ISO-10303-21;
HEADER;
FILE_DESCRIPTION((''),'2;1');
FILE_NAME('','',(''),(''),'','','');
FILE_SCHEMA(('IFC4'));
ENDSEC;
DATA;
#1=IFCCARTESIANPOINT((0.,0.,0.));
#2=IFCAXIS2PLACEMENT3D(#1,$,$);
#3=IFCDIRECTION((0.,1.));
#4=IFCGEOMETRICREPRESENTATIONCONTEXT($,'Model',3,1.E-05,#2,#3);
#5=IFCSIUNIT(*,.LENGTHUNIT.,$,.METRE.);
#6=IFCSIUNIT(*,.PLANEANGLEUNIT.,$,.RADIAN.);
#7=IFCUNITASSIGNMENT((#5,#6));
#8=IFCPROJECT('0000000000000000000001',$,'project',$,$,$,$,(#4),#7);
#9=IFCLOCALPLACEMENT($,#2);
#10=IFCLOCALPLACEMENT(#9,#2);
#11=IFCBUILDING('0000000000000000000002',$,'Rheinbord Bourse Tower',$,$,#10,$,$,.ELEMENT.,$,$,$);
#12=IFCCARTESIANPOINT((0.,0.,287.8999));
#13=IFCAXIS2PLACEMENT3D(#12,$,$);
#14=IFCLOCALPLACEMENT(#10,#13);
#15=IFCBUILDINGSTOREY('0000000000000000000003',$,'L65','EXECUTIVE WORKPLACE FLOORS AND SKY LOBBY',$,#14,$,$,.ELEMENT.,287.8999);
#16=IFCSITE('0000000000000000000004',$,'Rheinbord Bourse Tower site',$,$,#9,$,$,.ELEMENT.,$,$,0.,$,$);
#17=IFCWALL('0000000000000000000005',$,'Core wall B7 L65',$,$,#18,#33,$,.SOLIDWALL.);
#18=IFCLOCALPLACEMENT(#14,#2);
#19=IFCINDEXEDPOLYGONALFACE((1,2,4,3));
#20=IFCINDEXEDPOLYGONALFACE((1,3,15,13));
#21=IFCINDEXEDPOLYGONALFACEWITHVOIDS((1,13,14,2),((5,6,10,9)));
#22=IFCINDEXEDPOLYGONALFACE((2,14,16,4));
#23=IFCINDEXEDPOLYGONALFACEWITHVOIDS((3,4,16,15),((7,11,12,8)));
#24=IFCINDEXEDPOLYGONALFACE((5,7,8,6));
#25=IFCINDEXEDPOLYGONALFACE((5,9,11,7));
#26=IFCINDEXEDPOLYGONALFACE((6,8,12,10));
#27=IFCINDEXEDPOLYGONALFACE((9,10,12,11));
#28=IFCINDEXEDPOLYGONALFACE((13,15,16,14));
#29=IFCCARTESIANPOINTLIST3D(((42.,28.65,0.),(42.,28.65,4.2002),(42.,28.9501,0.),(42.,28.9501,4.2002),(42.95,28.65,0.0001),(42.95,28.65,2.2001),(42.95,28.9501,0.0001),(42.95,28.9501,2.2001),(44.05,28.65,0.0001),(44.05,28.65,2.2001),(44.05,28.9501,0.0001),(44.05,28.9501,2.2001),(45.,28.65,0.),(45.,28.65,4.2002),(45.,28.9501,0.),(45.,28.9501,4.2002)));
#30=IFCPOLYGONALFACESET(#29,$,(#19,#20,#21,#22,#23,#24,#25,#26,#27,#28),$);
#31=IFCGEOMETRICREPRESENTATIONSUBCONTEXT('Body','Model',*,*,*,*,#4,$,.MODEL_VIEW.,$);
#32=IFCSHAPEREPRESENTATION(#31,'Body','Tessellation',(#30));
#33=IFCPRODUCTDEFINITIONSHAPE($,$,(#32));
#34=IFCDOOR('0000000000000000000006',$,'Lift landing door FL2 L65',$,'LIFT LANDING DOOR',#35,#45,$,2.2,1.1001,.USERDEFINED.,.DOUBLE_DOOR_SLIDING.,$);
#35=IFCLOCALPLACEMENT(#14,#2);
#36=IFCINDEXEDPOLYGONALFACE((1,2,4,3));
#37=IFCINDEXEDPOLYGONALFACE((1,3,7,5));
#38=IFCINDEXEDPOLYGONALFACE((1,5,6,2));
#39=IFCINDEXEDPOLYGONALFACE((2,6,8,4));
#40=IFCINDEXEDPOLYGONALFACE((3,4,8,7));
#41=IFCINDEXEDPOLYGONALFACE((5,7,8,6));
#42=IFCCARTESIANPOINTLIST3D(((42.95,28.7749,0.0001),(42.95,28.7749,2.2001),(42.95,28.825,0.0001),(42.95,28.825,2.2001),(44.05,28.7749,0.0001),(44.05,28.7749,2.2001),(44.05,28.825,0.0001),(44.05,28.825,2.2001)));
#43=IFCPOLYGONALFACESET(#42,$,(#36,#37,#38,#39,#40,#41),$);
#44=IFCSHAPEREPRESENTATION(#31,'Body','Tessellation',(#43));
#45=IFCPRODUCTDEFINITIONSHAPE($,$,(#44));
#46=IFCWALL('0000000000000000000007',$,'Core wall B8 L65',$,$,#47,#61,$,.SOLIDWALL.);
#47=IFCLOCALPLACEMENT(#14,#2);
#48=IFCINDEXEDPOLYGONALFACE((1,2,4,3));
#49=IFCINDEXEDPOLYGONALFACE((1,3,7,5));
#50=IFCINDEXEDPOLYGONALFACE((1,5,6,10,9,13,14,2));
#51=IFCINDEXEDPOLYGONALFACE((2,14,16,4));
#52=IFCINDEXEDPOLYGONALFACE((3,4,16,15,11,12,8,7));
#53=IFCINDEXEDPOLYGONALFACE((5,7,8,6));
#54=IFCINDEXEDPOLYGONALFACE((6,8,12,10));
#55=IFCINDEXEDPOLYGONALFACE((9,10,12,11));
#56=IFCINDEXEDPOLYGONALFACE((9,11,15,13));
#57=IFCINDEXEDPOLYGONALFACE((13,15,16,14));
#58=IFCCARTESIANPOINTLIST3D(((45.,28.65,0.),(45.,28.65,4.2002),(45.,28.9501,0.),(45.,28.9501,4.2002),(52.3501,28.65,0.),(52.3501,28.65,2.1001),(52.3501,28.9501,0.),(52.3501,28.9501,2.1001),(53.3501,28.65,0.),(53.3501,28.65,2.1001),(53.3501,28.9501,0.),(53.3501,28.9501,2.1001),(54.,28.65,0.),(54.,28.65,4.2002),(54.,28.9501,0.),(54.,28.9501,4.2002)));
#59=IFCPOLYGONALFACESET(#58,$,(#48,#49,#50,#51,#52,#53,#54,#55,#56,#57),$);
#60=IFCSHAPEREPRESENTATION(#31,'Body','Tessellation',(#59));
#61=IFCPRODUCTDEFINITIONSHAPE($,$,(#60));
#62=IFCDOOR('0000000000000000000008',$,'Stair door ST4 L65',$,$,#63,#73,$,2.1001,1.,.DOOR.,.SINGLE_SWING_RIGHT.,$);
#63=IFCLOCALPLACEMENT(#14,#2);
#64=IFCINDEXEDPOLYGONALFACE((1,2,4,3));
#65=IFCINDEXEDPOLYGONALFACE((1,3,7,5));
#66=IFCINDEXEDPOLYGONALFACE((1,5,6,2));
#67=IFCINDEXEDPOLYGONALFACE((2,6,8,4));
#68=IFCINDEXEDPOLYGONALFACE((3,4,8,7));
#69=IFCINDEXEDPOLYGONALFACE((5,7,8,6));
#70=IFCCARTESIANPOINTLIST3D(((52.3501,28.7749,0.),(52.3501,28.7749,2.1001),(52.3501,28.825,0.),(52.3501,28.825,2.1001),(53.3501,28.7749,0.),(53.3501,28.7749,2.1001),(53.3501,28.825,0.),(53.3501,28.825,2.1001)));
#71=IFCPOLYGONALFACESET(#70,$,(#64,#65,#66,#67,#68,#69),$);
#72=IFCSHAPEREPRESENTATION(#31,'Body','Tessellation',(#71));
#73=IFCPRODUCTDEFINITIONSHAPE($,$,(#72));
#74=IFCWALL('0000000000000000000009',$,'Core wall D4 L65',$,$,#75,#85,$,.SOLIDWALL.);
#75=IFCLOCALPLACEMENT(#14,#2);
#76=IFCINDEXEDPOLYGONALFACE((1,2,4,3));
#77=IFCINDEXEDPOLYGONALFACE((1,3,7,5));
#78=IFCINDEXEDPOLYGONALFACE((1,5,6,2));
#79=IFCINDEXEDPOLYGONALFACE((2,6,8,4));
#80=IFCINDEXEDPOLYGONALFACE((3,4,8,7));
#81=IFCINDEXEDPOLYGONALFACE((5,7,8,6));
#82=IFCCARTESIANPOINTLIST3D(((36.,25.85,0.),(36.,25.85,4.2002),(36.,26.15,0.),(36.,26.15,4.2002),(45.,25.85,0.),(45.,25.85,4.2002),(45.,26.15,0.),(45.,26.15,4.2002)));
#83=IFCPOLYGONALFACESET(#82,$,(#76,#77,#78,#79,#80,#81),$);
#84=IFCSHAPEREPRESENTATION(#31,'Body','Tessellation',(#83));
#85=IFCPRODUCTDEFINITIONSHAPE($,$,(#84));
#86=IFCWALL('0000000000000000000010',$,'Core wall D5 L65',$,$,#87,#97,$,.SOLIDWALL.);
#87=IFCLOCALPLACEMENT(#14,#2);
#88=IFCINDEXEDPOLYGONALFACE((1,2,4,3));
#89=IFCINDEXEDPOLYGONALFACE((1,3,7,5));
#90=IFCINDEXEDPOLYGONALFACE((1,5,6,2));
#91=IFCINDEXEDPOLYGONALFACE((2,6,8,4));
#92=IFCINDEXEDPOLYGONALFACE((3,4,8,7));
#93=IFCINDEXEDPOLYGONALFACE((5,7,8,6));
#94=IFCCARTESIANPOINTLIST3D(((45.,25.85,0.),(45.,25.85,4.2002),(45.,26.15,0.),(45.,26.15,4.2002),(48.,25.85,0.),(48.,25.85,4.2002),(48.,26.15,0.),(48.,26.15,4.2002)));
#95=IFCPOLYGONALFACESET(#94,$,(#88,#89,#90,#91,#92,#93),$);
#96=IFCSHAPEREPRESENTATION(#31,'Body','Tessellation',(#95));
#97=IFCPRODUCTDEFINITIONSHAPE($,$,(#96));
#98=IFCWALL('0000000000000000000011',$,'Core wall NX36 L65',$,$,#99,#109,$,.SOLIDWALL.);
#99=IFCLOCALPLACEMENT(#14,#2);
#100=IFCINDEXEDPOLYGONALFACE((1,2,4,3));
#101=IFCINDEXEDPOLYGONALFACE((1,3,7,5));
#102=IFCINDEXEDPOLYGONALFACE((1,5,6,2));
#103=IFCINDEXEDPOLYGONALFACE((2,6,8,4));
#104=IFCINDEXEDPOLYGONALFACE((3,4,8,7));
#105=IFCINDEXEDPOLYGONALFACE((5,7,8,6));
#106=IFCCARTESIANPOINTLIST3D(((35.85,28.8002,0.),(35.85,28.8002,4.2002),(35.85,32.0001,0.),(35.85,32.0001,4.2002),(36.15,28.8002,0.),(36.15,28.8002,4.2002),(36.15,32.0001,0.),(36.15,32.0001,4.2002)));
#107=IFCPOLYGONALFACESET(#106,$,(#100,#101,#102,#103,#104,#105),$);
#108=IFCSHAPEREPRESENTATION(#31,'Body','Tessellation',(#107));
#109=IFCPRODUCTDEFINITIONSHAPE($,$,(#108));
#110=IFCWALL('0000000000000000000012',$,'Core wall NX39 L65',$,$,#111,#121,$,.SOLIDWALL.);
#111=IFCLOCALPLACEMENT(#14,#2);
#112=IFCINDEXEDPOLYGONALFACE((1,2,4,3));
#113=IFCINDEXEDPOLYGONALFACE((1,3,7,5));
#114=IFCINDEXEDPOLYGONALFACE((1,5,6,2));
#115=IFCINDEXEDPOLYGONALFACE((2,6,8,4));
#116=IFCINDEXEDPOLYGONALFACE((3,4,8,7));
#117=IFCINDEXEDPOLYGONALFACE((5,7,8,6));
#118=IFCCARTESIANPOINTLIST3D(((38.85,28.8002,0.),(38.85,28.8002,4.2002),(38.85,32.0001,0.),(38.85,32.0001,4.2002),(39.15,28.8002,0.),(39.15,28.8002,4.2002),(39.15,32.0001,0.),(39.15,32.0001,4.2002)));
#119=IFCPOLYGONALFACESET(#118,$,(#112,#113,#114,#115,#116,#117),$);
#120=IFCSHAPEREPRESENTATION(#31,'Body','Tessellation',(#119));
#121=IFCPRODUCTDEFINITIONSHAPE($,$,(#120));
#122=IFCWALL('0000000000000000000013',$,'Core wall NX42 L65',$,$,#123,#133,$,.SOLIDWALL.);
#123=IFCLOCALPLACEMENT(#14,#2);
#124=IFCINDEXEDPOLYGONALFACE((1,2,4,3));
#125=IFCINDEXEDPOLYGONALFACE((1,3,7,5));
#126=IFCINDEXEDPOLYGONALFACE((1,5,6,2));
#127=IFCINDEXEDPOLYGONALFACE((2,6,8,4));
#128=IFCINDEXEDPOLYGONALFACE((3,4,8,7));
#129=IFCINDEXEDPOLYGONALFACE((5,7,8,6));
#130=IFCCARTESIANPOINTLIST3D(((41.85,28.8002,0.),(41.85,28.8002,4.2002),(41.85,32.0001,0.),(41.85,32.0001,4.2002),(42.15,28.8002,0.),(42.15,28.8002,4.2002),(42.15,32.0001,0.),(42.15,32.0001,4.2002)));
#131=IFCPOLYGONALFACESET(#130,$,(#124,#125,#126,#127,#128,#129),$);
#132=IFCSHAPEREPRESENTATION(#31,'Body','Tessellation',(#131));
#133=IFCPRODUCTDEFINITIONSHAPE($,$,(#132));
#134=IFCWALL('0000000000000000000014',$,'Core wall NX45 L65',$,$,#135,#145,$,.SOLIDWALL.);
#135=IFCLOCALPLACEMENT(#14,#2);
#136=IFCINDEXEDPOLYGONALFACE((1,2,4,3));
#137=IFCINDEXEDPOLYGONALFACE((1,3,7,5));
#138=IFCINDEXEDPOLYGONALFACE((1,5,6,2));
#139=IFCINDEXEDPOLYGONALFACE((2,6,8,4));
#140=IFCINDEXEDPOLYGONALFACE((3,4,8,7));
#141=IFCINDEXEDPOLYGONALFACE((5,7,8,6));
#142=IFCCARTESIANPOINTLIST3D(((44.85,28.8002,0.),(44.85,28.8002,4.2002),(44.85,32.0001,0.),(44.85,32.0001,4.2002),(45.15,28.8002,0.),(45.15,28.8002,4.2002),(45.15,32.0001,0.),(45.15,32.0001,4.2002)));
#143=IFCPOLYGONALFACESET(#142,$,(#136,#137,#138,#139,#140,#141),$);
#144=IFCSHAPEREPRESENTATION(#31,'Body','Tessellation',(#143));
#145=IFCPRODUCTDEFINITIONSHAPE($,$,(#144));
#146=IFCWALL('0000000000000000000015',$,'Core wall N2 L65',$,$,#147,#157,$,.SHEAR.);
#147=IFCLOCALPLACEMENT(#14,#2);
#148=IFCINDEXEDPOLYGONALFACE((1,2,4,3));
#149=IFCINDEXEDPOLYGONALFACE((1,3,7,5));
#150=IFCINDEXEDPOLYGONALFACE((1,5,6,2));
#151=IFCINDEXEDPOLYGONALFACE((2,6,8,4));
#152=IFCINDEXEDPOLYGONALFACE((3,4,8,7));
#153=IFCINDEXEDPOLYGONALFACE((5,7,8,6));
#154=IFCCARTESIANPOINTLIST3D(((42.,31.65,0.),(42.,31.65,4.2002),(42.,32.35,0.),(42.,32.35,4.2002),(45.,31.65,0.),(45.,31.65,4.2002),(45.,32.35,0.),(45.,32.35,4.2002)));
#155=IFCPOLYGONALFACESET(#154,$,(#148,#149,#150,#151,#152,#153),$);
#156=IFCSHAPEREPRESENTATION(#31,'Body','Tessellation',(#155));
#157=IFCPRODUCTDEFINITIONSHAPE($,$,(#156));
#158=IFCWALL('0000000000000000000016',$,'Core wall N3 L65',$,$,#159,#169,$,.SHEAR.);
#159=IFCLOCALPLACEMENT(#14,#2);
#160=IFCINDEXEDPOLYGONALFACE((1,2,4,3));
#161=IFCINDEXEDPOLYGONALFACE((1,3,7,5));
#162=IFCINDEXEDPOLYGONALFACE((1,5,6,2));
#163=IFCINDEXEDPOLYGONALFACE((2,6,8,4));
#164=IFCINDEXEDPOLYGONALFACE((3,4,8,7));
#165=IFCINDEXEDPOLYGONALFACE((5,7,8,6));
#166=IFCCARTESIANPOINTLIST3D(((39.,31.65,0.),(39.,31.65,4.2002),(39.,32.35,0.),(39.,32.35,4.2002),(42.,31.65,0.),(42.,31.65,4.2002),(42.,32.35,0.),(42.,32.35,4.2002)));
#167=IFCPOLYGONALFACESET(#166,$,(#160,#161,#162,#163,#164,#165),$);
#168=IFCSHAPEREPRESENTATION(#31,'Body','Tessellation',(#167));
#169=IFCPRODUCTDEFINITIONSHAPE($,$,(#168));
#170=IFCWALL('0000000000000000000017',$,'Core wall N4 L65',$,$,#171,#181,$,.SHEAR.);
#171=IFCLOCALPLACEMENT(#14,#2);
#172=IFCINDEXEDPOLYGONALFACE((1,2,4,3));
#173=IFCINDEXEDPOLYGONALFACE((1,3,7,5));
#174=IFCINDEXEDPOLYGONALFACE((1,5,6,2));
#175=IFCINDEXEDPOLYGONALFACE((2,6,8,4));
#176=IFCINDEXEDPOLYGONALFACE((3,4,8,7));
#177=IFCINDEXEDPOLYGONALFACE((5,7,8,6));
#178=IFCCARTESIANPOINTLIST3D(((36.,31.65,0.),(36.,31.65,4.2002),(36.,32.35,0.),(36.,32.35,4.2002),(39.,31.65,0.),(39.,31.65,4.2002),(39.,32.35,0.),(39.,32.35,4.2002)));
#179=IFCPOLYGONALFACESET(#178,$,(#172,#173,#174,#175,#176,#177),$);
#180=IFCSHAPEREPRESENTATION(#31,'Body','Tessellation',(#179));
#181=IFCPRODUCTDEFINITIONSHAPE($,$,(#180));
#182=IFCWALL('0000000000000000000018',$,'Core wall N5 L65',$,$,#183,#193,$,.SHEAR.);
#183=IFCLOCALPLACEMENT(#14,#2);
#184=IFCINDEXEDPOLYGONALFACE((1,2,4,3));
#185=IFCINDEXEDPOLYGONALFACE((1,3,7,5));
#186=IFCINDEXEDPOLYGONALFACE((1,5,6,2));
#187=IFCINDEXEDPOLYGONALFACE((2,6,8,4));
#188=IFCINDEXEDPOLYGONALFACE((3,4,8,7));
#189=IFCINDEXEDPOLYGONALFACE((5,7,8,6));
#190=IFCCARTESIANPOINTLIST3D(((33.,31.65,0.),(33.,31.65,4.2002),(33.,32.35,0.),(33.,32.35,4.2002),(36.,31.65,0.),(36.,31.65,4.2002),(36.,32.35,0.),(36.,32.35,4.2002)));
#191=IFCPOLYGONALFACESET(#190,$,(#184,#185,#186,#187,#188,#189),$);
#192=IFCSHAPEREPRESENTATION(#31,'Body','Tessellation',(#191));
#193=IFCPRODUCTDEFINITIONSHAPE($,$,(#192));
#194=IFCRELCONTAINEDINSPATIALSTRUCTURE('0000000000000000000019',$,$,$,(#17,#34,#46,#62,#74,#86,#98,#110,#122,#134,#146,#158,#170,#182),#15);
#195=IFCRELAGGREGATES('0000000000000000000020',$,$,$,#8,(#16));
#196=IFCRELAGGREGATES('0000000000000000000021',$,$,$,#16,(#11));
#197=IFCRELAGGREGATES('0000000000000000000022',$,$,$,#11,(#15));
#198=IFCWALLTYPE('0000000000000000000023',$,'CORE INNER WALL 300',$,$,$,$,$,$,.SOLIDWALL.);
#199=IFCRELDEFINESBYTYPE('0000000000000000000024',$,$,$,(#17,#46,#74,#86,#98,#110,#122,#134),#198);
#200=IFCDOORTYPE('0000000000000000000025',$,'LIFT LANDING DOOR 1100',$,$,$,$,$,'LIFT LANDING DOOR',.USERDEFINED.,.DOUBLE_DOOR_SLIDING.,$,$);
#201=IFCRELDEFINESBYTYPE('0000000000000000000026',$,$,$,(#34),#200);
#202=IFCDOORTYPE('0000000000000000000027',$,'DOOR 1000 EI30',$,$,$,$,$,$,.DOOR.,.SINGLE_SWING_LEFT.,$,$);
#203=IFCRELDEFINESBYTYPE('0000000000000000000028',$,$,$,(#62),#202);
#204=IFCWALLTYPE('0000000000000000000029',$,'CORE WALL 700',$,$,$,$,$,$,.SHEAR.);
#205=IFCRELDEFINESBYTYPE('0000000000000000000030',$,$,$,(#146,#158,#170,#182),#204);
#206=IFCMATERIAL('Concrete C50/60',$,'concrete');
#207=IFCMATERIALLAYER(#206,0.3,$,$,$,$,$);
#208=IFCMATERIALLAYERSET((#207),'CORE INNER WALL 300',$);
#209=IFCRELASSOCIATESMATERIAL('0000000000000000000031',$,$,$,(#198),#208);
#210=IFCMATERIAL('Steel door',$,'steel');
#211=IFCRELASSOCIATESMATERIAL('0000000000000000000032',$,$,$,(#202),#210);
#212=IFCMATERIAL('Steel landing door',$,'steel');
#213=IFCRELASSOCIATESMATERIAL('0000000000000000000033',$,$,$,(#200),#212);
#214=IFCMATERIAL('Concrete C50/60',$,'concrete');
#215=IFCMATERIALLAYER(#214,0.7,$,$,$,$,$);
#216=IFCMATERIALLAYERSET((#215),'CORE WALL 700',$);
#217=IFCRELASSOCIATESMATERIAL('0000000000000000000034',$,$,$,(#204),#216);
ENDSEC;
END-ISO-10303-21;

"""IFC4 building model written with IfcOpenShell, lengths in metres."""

from ifc_helpers import new_model, si_unit, direction, frame, frame_2d, origin, place, context, subcontext, project, spatial, rectangle, extrude, material, layer, layer_set, type_object, element, fill, save


model = new_model("IFC4")

# Units and contexts
model_context = context("Model", 3, precision=1e-05, world=origin(), true_north=direction((0.0, 1.0)))
body_context = subcontext(model_context, "Body", "Model", "MODEL_VIEW")
ifc_project = project(units=[si_unit("LENGTHUNIT", "METRE"), si_unit("PLANEANGLEUNIT", "RADIAN")], contexts=[model_context])

# Site, building, storey
site_placement = place(None, origin())
site = spatial("IfcSite", under=ifc_project, at=site_placement, Name="Rheinbord Bourse Tower site", CompositionType="ELEMENT", RefElevation=0.0)
building_placement = place(site_placement, origin())
building = spatial("IfcBuilding", under=site, at=building_placement, Name="Rheinbord Bourse Tower", CompositionType="ELEMENT")
storey_placement = place(building_placement, frame((0.0, 0.0, 287.8999)))
storey = spatial("IfcBuildingStorey", under=building, at=storey_placement, Name="L65", Description="EXECUTIVE WORKPLACE FLOORS AND SKY LOBBY", CompositionType="ELEMENT", Elevation=287.8999)

# Walls, openings, doors
ifc_material_1 = material(Name="Concrete C50/60", Category="concrete")
ifc_layer_1 = layer(ifc_material_1, 0.3)
ifc_layer_set_1 = layer_set([ifc_layer_1], Name="CORE INNER WALL 300")
wall_type_1 = type_object("IfcWallType", Name="CORE INNER WALL 300", PredefinedType="SOLIDWALL", material=ifc_layer_set_1)
ifc_material_2 = material(Name="Steel door", Category="steel")
door_type_1 = type_object("IfcDoorType", Name="DOOR 1000 EI30", OperationType="SINGLE_SWING_LEFT", PredefinedType="DOOR", material=ifc_material_2)
wall_1_placement = place(storey_placement, frame((42.0, 28.8, 0.0), z_axis=(0.0, 0.0, 1.0), x_axis=(1.0, 0.0, 0.0)))
wall_1 = element("IfcWall", 1, at=wall_1_placement, inside=storey, type_object=wall_type_1, Name="Core wall B7 L65", PredefinedType="SOLIDWALL", context=body_context, shape_type="SweptSolid", body=[
    extrude(rectangle(XDim=3.0, YDim=0.3, at=frame_2d((1.5, 0.0))), origin(), (0.0, 0.0, 1.0), 4.2002),
])
opening_1_placement = place(wall_1_placement, frame((0.95, 0.0, 0.0)))
opening_1 = element("IfcOpeningElement", 2, at=opening_1_placement, cuts=wall_1, PredefinedType="OPENING", context=body_context, shape_type="SweptSolid", body=[
    extrude(rectangle(XDim=1.1001, YDim=2.2, at=frame_2d((0.55, 1.1001))), frame((0.0, 0.1599, 0.0), z_axis=(0.0, -1.0, 0.0), x_axis=(1.0, 0.0, 0.0)), (0.0, 0.0, 1.0), 0.3201),
])
ifc_material_3 = material(Name="Steel landing door", Category="steel")
door_type_2 = type_object("IfcDoorType", Name="LIFT LANDING DOOR 1100", ElementType="LIFT LANDING DOOR", OperationType="DOUBLE_DOOR_SLIDING", PredefinedType="USERDEFINED", material=ifc_material_3)
door_1_placement = place(opening_1_placement, origin())
door_1 = element("IfcDoor", 3, at=door_1_placement, inside=storey, type_object=door_type_2, Name="Lift landing door FL2 L65", ObjectType="LIFT LANDING DOOR", OperationType="DOUBLE_DOOR_SLIDING", OverallHeight=2.2, OverallWidth=1.1001, PredefinedType="USERDEFINED", context=body_context, shape_type="SweptSolid", body=[
    extrude(rectangle(XDim=1.1001, YDim=2.2, at=frame_2d((0.55, 1.1001))), frame((0.0, 0.0249, 0.0), z_axis=(0.0, -1.0, 0.0), x_axis=(1.0, 0.0, 0.0)), (0.0, 0.0, 1.0), 0.05),
])
fill(opening_1, door_1)
wall_2_placement = place(storey_placement, frame((45.0, 28.8, 0.0), z_axis=(0.0, 0.0, 1.0), x_axis=(1.0, 0.0, 0.0)))
wall_2 = element("IfcWall", 4, at=wall_2_placement, inside=storey, type_object=wall_type_1, Name="Core wall B8 L65", PredefinedType="SOLIDWALL", context=body_context, shape_type="SweptSolid", body=[
    extrude(rectangle(XDim=9.0, YDim=0.3, at=frame_2d((4.5, 0.0))), origin(), (0.0, 0.0, 1.0), 4.2002),
])
opening_2_placement = place(wall_2_placement, frame((7.3501, 0.0, 0.0)))
opening_2 = element("IfcOpeningElement", 5, at=opening_2_placement, cuts=wall_2, PredefinedType="OPENING", context=body_context, shape_type="SweptSolid", body=[
    extrude(rectangle(XDim=1.0, YDim=2.1001, at=frame_2d((0.5, 1.05))), frame((0.0, 0.1599, 0.0), z_axis=(0.0, -1.0, 0.0), x_axis=(1.0, 0.0, 0.0)), (0.0, 0.0, 1.0), 0.3201),
])
door_2_placement = place(opening_2_placement, origin())
door_2 = element("IfcDoor", 6, at=door_2_placement, inside=storey, type_object=door_type_1, Name="Stair door ST4 L65", OperationType="SINGLE_SWING_RIGHT", OverallHeight=2.1001, OverallWidth=1.0, PredefinedType="DOOR", context=body_context, shape_type="SweptSolid", body=[
    extrude(rectangle(XDim=1.0, YDim=2.1001, at=frame_2d((0.5, 1.05))), frame((0.0, 0.0249, 0.0), z_axis=(0.0, -1.0, 0.0), x_axis=(1.0, 0.0, 0.0)), (0.0, 0.0, 1.0), 0.05),
])
fill(opening_2, door_2)

# Walls
wall_3_placement = place(storey_placement, frame((36.0, 26.0, 0.0), z_axis=(0.0, 0.0, 1.0), x_axis=(1.0, 0.0, 0.0)))
element("IfcWall", 7, at=wall_3_placement, inside=storey, type_object=wall_type_1, Name="Core wall D4 L65", PredefinedType="SOLIDWALL", context=body_context, shape_type="SweptSolid", body=[
    extrude(rectangle(XDim=9.0, YDim=0.3, at=frame_2d((4.5, 0.0))), origin(), (0.0, 0.0, 1.0), 4.2002),
])
wall_4_placement = place(storey_placement, frame((45.0, 26.0, 0.0), z_axis=(0.0, 0.0, 1.0), x_axis=(1.0, 0.0, 0.0)))
element("IfcWall", 8, at=wall_4_placement, inside=storey, type_object=wall_type_1, Name="Core wall D5 L65", PredefinedType="SOLIDWALL", context=body_context, shape_type="SweptSolid", body=[
    extrude(rectangle(XDim=3.0, YDim=0.3, at=frame_2d((1.5, 0.0))), origin(), (0.0, 0.0, 1.0), 4.2002),
])
for number, where, z_axis, x_axis, name in (
    (9, (36.0, 28.8, 0.0), (0.0, 0.0, 1.0), (0.0, 1.0, 0.0), "Core wall NX36 L65"),
    (10, (39.0, 28.8, 0.0), (0.0, 0.0, 1.0), (0.0, 1.0, 0.0), "Core wall NX39 L65"),
    (11, (42.0, 28.8, 0.0), (0.0, 0.0, 1.0), (0.0, 1.0, 0.0), "Core wall NX42 L65"),
    (12, (45.0, 28.8, 0.0), (0.0, 0.0, 1.0), (0.0, 1.0, 0.0), "Core wall NX45 L65"),
):
    element("IfcWall", number, at=place(storey_placement, frame(where, z_axis=z_axis, x_axis=x_axis)), inside=storey, type_object=wall_type_1, Name=name, PredefinedType="SOLIDWALL", context=body_context, shape_type="SweptSolid", body=[
        extrude(rectangle(XDim=3.2, YDim=0.3, at=frame_2d((1.6001, 0.0))), origin(), (0.0, 0.0, 1.0), 4.2002),
    ])
ifc_material_4 = material(Name="Concrete C50/60", Category="concrete")
ifc_layer_2 = layer(ifc_material_4, 0.7)
ifc_layer_set_2 = layer_set([ifc_layer_2], Name="CORE WALL 700")
wall_type_2 = type_object("IfcWallType", Name="CORE WALL 700", PredefinedType="SHEAR", material=ifc_layer_set_2)
for number, where, z_axis, x_axis, name in (
    (13, (45.0, 32.0, 0.0), (0.0, 0.0, 1.0), (-1.0, 0.0, 0.0), "Core wall N2 L65"),
    (14, (42.0, 32.0, 0.0), (0.0, 0.0, 1.0), (-1.0, 0.0, 0.0), "Core wall N3 L65"),
    (15, (39.0, 32.0, 0.0), (0.0, 0.0, 1.0), (-1.0, 0.0, 0.0), "Core wall N4 L65"),
    (16, (36.0, 32.0, 0.0), (0.0, 0.0, 1.0), (-1.0, 0.0, 0.0), "Core wall N5 L65"),
):
    element("IfcWall", number, at=place(storey_placement, frame(where, z_axis=z_axis, x_axis=x_axis)), inside=storey, type_object=wall_type_2, Name=name, PredefinedType="SHEAR", context=body_context, shape_type="SweptSolid", body=[
        extrude(rectangle(XDim=3.0, YDim=0.7, at=frame_2d((1.5, 0.0))), origin(), (0.0, 0.0, 1.0), 4.2002),
    ])

save(model, "model.ifc")
